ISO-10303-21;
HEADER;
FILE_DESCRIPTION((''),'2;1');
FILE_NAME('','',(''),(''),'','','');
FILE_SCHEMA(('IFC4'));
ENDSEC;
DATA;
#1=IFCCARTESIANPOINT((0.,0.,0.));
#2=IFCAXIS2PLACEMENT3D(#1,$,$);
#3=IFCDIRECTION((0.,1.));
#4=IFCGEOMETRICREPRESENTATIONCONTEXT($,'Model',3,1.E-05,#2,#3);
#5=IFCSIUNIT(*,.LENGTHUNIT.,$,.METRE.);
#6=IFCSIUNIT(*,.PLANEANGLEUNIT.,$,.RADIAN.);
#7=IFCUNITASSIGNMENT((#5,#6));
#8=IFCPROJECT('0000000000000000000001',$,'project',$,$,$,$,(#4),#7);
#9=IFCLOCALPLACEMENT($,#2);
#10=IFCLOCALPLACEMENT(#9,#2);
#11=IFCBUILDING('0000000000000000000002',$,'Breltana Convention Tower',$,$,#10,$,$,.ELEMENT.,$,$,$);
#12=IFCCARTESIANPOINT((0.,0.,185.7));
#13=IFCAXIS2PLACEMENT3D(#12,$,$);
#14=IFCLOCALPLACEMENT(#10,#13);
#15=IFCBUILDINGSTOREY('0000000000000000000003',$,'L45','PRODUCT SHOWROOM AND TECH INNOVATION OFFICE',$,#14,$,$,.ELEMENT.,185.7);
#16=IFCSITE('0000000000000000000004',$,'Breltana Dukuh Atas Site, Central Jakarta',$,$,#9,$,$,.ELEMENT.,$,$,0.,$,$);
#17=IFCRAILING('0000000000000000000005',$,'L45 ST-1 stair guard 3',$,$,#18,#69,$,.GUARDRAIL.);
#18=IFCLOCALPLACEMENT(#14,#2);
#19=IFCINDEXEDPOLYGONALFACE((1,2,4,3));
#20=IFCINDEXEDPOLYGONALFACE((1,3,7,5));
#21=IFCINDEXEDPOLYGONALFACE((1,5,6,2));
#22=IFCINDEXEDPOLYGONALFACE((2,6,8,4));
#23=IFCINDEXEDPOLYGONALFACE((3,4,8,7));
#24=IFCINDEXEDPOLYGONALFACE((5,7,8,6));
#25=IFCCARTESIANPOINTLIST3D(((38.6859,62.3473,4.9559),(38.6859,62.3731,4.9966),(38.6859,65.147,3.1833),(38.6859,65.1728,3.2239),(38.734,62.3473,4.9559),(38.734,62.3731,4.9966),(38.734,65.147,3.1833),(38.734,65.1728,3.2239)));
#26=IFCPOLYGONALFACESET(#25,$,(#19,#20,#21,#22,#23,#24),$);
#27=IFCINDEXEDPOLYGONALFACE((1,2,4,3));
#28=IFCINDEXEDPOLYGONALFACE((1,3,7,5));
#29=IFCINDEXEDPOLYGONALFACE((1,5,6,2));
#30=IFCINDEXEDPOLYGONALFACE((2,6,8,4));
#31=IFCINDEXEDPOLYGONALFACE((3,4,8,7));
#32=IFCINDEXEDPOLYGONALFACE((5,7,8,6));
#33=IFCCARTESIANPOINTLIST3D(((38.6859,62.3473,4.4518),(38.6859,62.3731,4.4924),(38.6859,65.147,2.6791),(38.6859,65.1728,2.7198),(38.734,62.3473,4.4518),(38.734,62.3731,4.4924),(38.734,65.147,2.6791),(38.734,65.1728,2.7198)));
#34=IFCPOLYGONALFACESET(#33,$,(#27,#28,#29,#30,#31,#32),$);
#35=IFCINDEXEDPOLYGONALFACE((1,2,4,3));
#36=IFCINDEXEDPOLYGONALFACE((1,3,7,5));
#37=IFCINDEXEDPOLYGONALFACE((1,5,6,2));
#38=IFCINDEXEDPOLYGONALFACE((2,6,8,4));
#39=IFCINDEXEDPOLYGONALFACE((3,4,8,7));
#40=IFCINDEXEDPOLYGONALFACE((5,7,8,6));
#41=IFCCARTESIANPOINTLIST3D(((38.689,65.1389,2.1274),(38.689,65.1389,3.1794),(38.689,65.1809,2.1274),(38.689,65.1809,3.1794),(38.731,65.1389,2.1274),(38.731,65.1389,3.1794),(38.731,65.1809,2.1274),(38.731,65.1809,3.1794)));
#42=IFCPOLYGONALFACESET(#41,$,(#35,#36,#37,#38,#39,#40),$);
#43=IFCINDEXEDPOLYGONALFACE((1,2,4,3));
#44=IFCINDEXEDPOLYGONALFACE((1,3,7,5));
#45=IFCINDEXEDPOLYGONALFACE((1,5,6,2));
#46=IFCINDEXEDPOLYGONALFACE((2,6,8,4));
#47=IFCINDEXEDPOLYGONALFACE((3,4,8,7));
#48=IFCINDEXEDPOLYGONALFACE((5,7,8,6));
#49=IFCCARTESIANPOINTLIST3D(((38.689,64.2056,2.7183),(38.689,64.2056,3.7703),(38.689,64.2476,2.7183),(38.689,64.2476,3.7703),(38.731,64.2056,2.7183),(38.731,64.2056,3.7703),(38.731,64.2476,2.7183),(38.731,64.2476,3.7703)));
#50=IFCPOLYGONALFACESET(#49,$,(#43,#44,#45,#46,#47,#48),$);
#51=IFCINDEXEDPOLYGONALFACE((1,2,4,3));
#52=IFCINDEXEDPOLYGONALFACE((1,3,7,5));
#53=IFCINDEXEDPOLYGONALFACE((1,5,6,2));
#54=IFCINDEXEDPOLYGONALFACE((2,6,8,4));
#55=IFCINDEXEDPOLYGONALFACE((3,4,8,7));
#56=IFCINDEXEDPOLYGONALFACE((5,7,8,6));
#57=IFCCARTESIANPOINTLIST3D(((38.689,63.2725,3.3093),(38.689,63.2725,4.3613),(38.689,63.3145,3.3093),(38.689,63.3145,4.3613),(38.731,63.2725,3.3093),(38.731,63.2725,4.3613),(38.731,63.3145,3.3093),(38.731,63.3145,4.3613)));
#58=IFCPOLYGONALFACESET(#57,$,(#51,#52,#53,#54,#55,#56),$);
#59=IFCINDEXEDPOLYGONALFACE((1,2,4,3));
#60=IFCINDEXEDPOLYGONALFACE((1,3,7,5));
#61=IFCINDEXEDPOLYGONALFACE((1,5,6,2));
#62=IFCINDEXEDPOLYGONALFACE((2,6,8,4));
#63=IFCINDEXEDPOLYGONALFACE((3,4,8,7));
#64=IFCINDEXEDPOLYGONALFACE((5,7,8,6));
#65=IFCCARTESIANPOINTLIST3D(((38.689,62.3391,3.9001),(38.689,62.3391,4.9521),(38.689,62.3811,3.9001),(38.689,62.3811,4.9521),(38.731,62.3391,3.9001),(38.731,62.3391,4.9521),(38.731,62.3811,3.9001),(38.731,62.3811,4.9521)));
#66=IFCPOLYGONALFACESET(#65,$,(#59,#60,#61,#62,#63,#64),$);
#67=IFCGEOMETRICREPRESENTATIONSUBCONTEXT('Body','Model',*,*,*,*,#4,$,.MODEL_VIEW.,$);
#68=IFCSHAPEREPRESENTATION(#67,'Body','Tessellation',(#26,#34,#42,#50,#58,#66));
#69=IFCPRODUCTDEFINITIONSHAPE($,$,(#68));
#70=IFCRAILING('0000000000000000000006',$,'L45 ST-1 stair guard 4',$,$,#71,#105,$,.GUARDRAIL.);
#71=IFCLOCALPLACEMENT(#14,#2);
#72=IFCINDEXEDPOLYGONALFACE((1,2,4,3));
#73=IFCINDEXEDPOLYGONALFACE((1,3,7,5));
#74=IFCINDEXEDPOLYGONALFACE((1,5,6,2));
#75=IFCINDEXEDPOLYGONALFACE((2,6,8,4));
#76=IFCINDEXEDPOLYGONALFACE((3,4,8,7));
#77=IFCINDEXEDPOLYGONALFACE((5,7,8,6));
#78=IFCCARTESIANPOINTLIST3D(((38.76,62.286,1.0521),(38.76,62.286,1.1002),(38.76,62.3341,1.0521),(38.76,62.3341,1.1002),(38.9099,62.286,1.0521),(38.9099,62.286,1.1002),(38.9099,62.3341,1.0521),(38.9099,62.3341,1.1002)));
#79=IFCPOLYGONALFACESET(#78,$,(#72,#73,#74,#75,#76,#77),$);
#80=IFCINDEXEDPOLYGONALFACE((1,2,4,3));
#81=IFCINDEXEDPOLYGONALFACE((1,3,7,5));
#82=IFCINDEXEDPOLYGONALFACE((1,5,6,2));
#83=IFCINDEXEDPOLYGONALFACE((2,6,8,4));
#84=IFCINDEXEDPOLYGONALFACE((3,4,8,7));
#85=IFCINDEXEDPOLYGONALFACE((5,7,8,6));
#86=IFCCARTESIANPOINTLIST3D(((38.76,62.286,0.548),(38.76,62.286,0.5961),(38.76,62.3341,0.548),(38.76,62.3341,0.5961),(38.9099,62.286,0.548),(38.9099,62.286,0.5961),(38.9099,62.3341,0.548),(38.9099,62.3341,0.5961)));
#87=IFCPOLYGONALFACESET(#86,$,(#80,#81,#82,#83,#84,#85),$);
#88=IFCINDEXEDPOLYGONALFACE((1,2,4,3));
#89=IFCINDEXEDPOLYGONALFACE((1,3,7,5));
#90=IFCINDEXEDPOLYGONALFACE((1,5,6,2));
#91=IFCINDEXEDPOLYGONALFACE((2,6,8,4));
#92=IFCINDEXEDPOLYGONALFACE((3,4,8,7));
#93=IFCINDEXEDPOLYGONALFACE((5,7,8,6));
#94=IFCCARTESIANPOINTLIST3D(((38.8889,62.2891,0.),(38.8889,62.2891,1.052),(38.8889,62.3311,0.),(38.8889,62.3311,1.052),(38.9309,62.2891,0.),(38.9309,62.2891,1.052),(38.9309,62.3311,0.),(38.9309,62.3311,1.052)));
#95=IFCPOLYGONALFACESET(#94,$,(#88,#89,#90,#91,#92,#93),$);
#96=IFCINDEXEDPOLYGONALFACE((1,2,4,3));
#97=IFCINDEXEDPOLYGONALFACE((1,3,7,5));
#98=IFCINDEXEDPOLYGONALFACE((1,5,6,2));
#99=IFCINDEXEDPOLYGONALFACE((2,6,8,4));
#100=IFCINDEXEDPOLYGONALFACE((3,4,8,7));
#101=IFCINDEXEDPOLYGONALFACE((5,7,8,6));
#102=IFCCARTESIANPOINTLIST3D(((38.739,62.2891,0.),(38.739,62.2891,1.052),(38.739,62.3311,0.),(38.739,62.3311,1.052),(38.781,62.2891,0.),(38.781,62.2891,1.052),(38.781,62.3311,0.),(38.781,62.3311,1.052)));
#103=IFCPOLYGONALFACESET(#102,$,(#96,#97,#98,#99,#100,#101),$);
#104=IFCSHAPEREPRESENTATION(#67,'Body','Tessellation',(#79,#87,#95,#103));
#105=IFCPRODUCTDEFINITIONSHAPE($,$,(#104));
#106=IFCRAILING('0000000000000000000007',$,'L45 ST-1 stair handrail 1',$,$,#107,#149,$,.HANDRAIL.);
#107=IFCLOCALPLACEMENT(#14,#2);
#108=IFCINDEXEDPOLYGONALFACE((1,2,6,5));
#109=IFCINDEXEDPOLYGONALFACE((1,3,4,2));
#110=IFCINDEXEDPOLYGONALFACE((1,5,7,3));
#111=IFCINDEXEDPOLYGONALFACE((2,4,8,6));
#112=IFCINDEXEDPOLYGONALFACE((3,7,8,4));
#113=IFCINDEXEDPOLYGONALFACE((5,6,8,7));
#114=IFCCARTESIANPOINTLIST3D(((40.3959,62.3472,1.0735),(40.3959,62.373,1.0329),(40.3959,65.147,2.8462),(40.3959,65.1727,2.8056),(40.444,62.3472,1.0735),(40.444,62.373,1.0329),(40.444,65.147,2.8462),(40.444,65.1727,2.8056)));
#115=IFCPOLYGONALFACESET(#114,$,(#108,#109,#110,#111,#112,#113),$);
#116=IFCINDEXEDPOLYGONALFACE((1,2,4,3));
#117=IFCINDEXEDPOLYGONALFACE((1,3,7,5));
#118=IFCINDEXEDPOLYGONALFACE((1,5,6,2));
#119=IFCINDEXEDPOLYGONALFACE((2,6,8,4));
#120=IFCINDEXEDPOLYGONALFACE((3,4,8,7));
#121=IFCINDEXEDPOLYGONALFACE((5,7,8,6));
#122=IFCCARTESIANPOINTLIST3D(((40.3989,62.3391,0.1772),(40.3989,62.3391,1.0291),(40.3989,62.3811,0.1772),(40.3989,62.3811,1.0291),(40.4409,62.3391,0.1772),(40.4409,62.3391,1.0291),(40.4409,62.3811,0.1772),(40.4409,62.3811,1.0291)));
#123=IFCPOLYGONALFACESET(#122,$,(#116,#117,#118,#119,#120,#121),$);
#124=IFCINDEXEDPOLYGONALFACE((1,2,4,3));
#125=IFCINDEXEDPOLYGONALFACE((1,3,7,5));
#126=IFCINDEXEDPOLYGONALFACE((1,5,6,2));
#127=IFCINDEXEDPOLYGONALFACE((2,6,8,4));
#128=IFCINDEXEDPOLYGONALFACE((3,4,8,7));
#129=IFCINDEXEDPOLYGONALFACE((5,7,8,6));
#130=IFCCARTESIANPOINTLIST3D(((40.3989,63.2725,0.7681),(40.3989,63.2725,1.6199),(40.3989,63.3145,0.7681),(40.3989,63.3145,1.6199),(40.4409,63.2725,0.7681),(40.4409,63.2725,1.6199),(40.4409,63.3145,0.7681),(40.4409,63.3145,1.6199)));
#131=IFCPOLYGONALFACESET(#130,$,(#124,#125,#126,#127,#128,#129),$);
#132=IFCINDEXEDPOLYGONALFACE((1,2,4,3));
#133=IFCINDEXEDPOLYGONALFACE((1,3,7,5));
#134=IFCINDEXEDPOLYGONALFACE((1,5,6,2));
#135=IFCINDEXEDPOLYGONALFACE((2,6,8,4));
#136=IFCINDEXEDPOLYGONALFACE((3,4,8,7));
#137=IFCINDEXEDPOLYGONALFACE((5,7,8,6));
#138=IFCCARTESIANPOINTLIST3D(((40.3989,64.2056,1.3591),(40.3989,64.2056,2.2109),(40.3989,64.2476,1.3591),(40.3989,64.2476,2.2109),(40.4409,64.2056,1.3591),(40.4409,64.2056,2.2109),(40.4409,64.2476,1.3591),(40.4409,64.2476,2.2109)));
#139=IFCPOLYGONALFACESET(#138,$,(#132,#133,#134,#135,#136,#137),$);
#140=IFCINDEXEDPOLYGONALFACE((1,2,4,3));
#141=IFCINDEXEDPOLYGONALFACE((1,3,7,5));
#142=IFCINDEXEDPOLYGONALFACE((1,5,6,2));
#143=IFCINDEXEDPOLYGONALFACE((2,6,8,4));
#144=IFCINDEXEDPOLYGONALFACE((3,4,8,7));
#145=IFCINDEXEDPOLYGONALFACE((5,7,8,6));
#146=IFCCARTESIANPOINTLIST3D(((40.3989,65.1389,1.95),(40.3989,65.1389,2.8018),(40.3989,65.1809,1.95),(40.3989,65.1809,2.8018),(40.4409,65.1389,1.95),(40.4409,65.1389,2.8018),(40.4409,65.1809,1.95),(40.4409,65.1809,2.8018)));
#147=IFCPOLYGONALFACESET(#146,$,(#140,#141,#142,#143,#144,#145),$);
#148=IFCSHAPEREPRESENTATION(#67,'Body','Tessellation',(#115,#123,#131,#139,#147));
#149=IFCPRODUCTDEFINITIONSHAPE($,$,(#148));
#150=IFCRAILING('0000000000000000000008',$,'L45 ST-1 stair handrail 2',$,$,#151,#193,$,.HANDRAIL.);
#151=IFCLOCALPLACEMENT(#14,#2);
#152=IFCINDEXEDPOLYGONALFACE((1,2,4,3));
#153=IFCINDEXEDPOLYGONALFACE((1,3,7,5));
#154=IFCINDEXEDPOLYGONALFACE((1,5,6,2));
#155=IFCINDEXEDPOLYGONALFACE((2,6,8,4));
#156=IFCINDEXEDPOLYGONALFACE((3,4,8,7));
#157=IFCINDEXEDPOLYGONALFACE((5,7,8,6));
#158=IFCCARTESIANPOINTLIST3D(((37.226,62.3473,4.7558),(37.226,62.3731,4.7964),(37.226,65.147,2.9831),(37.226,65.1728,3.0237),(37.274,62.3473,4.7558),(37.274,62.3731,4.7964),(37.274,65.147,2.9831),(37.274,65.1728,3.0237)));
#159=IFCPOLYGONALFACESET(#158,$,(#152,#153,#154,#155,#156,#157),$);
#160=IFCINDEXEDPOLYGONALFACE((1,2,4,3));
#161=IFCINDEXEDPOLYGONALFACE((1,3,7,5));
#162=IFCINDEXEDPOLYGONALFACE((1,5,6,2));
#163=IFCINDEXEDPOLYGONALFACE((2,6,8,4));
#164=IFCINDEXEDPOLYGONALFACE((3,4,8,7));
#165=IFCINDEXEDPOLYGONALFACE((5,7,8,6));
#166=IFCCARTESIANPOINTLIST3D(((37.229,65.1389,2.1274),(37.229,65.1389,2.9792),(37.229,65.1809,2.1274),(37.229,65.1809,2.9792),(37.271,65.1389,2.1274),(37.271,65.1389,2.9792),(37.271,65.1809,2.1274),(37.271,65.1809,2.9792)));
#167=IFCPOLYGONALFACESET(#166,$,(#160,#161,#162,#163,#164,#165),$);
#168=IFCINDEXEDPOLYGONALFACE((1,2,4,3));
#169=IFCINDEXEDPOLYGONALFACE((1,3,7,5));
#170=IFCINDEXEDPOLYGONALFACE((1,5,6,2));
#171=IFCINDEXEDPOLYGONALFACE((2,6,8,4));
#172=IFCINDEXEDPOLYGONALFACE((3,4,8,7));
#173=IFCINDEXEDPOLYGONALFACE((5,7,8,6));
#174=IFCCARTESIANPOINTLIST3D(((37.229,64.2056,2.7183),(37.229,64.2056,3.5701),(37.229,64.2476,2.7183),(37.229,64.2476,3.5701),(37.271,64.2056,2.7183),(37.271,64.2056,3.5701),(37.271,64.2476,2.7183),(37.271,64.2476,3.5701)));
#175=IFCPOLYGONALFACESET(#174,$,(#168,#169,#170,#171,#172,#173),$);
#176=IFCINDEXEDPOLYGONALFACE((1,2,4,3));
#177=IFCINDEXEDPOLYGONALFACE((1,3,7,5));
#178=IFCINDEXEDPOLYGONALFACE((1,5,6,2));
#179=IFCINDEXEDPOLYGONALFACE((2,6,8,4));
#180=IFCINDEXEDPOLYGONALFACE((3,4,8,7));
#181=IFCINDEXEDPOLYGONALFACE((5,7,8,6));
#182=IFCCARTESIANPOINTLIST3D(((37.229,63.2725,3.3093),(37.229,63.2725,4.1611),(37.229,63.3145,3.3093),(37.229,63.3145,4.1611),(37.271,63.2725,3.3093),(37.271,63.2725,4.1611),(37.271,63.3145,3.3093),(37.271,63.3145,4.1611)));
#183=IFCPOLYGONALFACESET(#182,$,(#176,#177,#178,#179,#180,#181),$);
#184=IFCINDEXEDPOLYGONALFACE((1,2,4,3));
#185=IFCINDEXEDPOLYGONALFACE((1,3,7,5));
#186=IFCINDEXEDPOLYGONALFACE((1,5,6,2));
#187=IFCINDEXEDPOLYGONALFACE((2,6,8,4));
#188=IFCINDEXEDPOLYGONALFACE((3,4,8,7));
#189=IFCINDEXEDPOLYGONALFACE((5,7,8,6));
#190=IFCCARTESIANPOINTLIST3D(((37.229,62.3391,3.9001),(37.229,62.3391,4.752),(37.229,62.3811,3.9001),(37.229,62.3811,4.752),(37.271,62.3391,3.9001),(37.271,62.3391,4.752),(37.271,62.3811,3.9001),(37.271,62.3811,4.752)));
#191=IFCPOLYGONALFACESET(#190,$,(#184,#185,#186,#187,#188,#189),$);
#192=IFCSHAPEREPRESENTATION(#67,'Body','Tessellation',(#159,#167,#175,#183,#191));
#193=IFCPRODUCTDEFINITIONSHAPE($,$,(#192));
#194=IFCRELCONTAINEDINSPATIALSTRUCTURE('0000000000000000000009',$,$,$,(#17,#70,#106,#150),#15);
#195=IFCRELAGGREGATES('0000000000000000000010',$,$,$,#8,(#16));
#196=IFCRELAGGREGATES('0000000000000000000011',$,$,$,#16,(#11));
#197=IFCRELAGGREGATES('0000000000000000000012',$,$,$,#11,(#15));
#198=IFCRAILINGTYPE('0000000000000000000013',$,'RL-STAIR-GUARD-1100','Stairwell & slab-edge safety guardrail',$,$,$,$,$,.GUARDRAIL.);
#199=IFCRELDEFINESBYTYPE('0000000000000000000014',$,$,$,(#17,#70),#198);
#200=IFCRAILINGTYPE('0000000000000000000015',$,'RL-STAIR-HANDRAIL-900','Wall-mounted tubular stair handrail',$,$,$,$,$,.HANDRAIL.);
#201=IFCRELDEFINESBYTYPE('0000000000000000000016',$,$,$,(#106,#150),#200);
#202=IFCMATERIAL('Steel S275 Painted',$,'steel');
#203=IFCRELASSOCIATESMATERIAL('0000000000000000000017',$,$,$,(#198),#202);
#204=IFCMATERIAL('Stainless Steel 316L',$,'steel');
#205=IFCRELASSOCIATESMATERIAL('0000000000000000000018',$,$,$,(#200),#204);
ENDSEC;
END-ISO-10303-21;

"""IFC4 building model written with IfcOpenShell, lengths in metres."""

from ifc_helpers import new_model, si_unit, direction, frame, origin, origin_2d, place, context, subcontext, project, spatial, rectangle, extrude, material, type_object, element, save


model = new_model("IFC4")

# Units and contexts
model_context = context("Model", 3, precision=1e-05, world=origin(), true_north=direction((0.0, 1.0)))
body_context = subcontext(model_context, "Body", "Model", "MODEL_VIEW")
ifc_project = project(units=[si_unit("LENGTHUNIT", "METRE"), si_unit("PLANEANGLEUNIT", "RADIAN")], contexts=[model_context])

# Site, building, storey
site_placement = place(None, origin())
site = spatial("IfcSite", under=ifc_project, at=site_placement, Name="Breltana Dukuh Atas Site, Central Jakarta", CompositionType="ELEMENT", RefElevation=0.0)
building_placement = place(site_placement, origin())
building = spatial("IfcBuilding", under=site, at=building_placement, Name="Breltana Convention Tower", CompositionType="ELEMENT")
storey_placement = place(building_placement, frame((0.0, 0.0, 185.7)))
storey = spatial("IfcBuildingStorey", under=building, at=storey_placement, Name="L45", Description="PRODUCT SHOWROOM AND TECH INNOVATION OFFICE", CompositionType="ELEMENT", Elevation=185.7)

# Railings
ifc_material_1 = material(Name="Steel S275 Painted", Category="steel")
railing_type_1 = type_object("IfcRailingType", Name="RL-STAIR-GUARD-1100", Description="Stairwell & slab-edge safety guardrail", PredefinedType="GUARDRAIL", material=ifc_material_1)
railing_1_placement = place(storey_placement, frame((38.71, 65.1599, 2.1274)))
element("IfcRailing", 1, at=railing_1_placement, inside=storey, type_object=railing_type_1, Name="L45 ST-1 stair guard 3", PredefinedType="GUARDRAIL", context=body_context, shape_type="SweptSolid", body=[
    extrude(rectangle(XDim=0.0481, YDim=0.0481, at=origin_2d()), frame((0.0, 0.0, 1.0762), z_axis=(0.0, -0.844888, 0.534943), x_axis=(1.0, 0.0, 0.0)), (0.0, 0.0, 1.0), 3.3137),
    extrude(rectangle(XDim=0.0481, YDim=0.0481, at=origin_2d()), frame((0.0, 0.0, 0.572), z_axis=(0.0, -0.844888, 0.534943), x_axis=(1.0, 0.0, 0.0)), (0.0, 0.0, 1.0), 3.3137),
    extrude(rectangle(XDim=0.042, YDim=0.042, at=origin_2d()), origin(), (0.0, 0.0, 1.0), 1.052),
    extrude(rectangle(XDim=0.042, YDim=0.042, at=origin_2d()), frame((0.0, -0.9333, 0.5908)), (0.0, 0.0, 1.0), 1.052),
    extrude(rectangle(XDim=0.042, YDim=0.042, at=origin_2d()), frame((0.0, -1.8665, 1.1819)), (0.0, 0.0, 1.0), 1.052),
    extrude(rectangle(XDim=0.042, YDim=0.042, at=origin_2d()), frame((0.0, -2.7998, 1.7727)), (0.0, 0.0, 1.0), 1.052),
])
railing_2_placement = place(storey_placement, frame((38.9099, 62.3101, 0.0)))
element("IfcRailing", 2, at=railing_2_placement, inside=storey, type_object=railing_type_1, Name="L45 ST-1 stair guard 4", PredefinedType="GUARDRAIL", context=body_context, shape_type="SweptSolid", body=[
    extrude(rectangle(XDim=0.0481, YDim=0.0481, at=origin_2d()), frame((0.0, 0.0, 1.0762), z_axis=(-1.0, 0.0, 0.0), x_axis=(0.0, -1.0, 0.0)), (0.0, 0.0, 1.0), 0.1499),
    extrude(rectangle(XDim=0.0481, YDim=0.0481, at=origin_2d()), frame((0.0, 0.0, 0.572), z_axis=(-1.0, 0.0, 0.0), x_axis=(0.0, -1.0, 0.0)), (0.0, 0.0, 1.0), 0.1499),
    extrude(rectangle(XDim=0.042, YDim=0.042, at=origin_2d()), origin(), (0.0, 0.0, 1.0), 1.052),
    extrude(rectangle(XDim=0.042, YDim=0.042, at=origin_2d()), frame((-0.1499, 0.0, 0.0)), (0.0, 0.0, 1.0), 1.052),
])
ifc_material_2 = material(Name="Stainless Steel 316L", Category="steel")
railing_type_2 = type_object("IfcRailingType", Name="RL-STAIR-HANDRAIL-900", Description="Wall-mounted tubular stair handrail", PredefinedType="HANDRAIL", material=ifc_material_2)
railing_3_placement = place(storey_placement, frame((40.4199, 62.3601, 0.1772)))
element("IfcRailing", 3, at=railing_3_placement, inside=storey, type_object=railing_type_2, Name="L45 ST-1 stair handrail 1", PredefinedType="HANDRAIL", context=body_context, shape_type="SweptSolid", body=[
    extrude(rectangle(XDim=0.0481, YDim=0.0481, at=origin_2d()), frame((0.0, 0.0, 0.876), z_axis=(0.0, 0.844888, 0.534943), x_axis=(-1.0, 0.0, 0.0)), (0.0, 0.0, 1.0), 3.3137),
    extrude(rectangle(XDim=0.042, YDim=0.042, at=origin_2d()), origin(), (0.0, 0.0, 1.0), 0.8518),
    extrude(rectangle(XDim=0.042, YDim=0.042, at=origin_2d()), frame((0.0, 0.9333, 0.5908)), (0.0, 0.0, 1.0), 0.8518),
    extrude(rectangle(XDim=0.042, YDim=0.042, at=origin_2d()), frame((0.0, 1.8665, 1.1819)), (0.0, 0.0, 1.0), 0.8518),
    extrude(rectangle(XDim=0.042, YDim=0.042, at=origin_2d()), frame((0.0, 2.7998, 1.7727)), (0.0, 0.0, 1.0), 0.8518),
])
railing_4_placement = place(storey_placement, frame((37.25, 65.1599, 2.1274)))
element("IfcRailing", 4, at=railing_4_placement, inside=storey, type_object=railing_type_2, Name="L45 ST-1 stair handrail 2", PredefinedType="HANDRAIL", context=body_context, shape_type="SweptSolid", body=[
    extrude(rectangle(XDim=0.0481, YDim=0.0481, at=origin_2d()), frame((0.0, 0.0, 0.876), z_axis=(0.0, -0.844888, 0.534943), x_axis=(1.0, 0.0, 0.0)), (0.0, 0.0, 1.0), 3.3137),
    extrude(rectangle(XDim=0.042, YDim=0.042, at=origin_2d()), origin(), (0.0, 0.0, 1.0), 0.8518),
    extrude(rectangle(XDim=0.042, YDim=0.042, at=origin_2d()), frame((0.0, -0.9333, 0.5908)), (0.0, 0.0, 1.0), 0.8518),
    extrude(rectangle(XDim=0.042, YDim=0.042, at=origin_2d()), frame((0.0, -1.8665, 1.1819)), (0.0, 0.0, 1.0), 0.8518),
    extrude(rectangle(XDim=0.042, YDim=0.042, at=origin_2d()), frame((0.0, -2.7998, 1.7727)), (0.0, 0.0, 1.0), 0.8518),
])

save(model, "model.ifc")
